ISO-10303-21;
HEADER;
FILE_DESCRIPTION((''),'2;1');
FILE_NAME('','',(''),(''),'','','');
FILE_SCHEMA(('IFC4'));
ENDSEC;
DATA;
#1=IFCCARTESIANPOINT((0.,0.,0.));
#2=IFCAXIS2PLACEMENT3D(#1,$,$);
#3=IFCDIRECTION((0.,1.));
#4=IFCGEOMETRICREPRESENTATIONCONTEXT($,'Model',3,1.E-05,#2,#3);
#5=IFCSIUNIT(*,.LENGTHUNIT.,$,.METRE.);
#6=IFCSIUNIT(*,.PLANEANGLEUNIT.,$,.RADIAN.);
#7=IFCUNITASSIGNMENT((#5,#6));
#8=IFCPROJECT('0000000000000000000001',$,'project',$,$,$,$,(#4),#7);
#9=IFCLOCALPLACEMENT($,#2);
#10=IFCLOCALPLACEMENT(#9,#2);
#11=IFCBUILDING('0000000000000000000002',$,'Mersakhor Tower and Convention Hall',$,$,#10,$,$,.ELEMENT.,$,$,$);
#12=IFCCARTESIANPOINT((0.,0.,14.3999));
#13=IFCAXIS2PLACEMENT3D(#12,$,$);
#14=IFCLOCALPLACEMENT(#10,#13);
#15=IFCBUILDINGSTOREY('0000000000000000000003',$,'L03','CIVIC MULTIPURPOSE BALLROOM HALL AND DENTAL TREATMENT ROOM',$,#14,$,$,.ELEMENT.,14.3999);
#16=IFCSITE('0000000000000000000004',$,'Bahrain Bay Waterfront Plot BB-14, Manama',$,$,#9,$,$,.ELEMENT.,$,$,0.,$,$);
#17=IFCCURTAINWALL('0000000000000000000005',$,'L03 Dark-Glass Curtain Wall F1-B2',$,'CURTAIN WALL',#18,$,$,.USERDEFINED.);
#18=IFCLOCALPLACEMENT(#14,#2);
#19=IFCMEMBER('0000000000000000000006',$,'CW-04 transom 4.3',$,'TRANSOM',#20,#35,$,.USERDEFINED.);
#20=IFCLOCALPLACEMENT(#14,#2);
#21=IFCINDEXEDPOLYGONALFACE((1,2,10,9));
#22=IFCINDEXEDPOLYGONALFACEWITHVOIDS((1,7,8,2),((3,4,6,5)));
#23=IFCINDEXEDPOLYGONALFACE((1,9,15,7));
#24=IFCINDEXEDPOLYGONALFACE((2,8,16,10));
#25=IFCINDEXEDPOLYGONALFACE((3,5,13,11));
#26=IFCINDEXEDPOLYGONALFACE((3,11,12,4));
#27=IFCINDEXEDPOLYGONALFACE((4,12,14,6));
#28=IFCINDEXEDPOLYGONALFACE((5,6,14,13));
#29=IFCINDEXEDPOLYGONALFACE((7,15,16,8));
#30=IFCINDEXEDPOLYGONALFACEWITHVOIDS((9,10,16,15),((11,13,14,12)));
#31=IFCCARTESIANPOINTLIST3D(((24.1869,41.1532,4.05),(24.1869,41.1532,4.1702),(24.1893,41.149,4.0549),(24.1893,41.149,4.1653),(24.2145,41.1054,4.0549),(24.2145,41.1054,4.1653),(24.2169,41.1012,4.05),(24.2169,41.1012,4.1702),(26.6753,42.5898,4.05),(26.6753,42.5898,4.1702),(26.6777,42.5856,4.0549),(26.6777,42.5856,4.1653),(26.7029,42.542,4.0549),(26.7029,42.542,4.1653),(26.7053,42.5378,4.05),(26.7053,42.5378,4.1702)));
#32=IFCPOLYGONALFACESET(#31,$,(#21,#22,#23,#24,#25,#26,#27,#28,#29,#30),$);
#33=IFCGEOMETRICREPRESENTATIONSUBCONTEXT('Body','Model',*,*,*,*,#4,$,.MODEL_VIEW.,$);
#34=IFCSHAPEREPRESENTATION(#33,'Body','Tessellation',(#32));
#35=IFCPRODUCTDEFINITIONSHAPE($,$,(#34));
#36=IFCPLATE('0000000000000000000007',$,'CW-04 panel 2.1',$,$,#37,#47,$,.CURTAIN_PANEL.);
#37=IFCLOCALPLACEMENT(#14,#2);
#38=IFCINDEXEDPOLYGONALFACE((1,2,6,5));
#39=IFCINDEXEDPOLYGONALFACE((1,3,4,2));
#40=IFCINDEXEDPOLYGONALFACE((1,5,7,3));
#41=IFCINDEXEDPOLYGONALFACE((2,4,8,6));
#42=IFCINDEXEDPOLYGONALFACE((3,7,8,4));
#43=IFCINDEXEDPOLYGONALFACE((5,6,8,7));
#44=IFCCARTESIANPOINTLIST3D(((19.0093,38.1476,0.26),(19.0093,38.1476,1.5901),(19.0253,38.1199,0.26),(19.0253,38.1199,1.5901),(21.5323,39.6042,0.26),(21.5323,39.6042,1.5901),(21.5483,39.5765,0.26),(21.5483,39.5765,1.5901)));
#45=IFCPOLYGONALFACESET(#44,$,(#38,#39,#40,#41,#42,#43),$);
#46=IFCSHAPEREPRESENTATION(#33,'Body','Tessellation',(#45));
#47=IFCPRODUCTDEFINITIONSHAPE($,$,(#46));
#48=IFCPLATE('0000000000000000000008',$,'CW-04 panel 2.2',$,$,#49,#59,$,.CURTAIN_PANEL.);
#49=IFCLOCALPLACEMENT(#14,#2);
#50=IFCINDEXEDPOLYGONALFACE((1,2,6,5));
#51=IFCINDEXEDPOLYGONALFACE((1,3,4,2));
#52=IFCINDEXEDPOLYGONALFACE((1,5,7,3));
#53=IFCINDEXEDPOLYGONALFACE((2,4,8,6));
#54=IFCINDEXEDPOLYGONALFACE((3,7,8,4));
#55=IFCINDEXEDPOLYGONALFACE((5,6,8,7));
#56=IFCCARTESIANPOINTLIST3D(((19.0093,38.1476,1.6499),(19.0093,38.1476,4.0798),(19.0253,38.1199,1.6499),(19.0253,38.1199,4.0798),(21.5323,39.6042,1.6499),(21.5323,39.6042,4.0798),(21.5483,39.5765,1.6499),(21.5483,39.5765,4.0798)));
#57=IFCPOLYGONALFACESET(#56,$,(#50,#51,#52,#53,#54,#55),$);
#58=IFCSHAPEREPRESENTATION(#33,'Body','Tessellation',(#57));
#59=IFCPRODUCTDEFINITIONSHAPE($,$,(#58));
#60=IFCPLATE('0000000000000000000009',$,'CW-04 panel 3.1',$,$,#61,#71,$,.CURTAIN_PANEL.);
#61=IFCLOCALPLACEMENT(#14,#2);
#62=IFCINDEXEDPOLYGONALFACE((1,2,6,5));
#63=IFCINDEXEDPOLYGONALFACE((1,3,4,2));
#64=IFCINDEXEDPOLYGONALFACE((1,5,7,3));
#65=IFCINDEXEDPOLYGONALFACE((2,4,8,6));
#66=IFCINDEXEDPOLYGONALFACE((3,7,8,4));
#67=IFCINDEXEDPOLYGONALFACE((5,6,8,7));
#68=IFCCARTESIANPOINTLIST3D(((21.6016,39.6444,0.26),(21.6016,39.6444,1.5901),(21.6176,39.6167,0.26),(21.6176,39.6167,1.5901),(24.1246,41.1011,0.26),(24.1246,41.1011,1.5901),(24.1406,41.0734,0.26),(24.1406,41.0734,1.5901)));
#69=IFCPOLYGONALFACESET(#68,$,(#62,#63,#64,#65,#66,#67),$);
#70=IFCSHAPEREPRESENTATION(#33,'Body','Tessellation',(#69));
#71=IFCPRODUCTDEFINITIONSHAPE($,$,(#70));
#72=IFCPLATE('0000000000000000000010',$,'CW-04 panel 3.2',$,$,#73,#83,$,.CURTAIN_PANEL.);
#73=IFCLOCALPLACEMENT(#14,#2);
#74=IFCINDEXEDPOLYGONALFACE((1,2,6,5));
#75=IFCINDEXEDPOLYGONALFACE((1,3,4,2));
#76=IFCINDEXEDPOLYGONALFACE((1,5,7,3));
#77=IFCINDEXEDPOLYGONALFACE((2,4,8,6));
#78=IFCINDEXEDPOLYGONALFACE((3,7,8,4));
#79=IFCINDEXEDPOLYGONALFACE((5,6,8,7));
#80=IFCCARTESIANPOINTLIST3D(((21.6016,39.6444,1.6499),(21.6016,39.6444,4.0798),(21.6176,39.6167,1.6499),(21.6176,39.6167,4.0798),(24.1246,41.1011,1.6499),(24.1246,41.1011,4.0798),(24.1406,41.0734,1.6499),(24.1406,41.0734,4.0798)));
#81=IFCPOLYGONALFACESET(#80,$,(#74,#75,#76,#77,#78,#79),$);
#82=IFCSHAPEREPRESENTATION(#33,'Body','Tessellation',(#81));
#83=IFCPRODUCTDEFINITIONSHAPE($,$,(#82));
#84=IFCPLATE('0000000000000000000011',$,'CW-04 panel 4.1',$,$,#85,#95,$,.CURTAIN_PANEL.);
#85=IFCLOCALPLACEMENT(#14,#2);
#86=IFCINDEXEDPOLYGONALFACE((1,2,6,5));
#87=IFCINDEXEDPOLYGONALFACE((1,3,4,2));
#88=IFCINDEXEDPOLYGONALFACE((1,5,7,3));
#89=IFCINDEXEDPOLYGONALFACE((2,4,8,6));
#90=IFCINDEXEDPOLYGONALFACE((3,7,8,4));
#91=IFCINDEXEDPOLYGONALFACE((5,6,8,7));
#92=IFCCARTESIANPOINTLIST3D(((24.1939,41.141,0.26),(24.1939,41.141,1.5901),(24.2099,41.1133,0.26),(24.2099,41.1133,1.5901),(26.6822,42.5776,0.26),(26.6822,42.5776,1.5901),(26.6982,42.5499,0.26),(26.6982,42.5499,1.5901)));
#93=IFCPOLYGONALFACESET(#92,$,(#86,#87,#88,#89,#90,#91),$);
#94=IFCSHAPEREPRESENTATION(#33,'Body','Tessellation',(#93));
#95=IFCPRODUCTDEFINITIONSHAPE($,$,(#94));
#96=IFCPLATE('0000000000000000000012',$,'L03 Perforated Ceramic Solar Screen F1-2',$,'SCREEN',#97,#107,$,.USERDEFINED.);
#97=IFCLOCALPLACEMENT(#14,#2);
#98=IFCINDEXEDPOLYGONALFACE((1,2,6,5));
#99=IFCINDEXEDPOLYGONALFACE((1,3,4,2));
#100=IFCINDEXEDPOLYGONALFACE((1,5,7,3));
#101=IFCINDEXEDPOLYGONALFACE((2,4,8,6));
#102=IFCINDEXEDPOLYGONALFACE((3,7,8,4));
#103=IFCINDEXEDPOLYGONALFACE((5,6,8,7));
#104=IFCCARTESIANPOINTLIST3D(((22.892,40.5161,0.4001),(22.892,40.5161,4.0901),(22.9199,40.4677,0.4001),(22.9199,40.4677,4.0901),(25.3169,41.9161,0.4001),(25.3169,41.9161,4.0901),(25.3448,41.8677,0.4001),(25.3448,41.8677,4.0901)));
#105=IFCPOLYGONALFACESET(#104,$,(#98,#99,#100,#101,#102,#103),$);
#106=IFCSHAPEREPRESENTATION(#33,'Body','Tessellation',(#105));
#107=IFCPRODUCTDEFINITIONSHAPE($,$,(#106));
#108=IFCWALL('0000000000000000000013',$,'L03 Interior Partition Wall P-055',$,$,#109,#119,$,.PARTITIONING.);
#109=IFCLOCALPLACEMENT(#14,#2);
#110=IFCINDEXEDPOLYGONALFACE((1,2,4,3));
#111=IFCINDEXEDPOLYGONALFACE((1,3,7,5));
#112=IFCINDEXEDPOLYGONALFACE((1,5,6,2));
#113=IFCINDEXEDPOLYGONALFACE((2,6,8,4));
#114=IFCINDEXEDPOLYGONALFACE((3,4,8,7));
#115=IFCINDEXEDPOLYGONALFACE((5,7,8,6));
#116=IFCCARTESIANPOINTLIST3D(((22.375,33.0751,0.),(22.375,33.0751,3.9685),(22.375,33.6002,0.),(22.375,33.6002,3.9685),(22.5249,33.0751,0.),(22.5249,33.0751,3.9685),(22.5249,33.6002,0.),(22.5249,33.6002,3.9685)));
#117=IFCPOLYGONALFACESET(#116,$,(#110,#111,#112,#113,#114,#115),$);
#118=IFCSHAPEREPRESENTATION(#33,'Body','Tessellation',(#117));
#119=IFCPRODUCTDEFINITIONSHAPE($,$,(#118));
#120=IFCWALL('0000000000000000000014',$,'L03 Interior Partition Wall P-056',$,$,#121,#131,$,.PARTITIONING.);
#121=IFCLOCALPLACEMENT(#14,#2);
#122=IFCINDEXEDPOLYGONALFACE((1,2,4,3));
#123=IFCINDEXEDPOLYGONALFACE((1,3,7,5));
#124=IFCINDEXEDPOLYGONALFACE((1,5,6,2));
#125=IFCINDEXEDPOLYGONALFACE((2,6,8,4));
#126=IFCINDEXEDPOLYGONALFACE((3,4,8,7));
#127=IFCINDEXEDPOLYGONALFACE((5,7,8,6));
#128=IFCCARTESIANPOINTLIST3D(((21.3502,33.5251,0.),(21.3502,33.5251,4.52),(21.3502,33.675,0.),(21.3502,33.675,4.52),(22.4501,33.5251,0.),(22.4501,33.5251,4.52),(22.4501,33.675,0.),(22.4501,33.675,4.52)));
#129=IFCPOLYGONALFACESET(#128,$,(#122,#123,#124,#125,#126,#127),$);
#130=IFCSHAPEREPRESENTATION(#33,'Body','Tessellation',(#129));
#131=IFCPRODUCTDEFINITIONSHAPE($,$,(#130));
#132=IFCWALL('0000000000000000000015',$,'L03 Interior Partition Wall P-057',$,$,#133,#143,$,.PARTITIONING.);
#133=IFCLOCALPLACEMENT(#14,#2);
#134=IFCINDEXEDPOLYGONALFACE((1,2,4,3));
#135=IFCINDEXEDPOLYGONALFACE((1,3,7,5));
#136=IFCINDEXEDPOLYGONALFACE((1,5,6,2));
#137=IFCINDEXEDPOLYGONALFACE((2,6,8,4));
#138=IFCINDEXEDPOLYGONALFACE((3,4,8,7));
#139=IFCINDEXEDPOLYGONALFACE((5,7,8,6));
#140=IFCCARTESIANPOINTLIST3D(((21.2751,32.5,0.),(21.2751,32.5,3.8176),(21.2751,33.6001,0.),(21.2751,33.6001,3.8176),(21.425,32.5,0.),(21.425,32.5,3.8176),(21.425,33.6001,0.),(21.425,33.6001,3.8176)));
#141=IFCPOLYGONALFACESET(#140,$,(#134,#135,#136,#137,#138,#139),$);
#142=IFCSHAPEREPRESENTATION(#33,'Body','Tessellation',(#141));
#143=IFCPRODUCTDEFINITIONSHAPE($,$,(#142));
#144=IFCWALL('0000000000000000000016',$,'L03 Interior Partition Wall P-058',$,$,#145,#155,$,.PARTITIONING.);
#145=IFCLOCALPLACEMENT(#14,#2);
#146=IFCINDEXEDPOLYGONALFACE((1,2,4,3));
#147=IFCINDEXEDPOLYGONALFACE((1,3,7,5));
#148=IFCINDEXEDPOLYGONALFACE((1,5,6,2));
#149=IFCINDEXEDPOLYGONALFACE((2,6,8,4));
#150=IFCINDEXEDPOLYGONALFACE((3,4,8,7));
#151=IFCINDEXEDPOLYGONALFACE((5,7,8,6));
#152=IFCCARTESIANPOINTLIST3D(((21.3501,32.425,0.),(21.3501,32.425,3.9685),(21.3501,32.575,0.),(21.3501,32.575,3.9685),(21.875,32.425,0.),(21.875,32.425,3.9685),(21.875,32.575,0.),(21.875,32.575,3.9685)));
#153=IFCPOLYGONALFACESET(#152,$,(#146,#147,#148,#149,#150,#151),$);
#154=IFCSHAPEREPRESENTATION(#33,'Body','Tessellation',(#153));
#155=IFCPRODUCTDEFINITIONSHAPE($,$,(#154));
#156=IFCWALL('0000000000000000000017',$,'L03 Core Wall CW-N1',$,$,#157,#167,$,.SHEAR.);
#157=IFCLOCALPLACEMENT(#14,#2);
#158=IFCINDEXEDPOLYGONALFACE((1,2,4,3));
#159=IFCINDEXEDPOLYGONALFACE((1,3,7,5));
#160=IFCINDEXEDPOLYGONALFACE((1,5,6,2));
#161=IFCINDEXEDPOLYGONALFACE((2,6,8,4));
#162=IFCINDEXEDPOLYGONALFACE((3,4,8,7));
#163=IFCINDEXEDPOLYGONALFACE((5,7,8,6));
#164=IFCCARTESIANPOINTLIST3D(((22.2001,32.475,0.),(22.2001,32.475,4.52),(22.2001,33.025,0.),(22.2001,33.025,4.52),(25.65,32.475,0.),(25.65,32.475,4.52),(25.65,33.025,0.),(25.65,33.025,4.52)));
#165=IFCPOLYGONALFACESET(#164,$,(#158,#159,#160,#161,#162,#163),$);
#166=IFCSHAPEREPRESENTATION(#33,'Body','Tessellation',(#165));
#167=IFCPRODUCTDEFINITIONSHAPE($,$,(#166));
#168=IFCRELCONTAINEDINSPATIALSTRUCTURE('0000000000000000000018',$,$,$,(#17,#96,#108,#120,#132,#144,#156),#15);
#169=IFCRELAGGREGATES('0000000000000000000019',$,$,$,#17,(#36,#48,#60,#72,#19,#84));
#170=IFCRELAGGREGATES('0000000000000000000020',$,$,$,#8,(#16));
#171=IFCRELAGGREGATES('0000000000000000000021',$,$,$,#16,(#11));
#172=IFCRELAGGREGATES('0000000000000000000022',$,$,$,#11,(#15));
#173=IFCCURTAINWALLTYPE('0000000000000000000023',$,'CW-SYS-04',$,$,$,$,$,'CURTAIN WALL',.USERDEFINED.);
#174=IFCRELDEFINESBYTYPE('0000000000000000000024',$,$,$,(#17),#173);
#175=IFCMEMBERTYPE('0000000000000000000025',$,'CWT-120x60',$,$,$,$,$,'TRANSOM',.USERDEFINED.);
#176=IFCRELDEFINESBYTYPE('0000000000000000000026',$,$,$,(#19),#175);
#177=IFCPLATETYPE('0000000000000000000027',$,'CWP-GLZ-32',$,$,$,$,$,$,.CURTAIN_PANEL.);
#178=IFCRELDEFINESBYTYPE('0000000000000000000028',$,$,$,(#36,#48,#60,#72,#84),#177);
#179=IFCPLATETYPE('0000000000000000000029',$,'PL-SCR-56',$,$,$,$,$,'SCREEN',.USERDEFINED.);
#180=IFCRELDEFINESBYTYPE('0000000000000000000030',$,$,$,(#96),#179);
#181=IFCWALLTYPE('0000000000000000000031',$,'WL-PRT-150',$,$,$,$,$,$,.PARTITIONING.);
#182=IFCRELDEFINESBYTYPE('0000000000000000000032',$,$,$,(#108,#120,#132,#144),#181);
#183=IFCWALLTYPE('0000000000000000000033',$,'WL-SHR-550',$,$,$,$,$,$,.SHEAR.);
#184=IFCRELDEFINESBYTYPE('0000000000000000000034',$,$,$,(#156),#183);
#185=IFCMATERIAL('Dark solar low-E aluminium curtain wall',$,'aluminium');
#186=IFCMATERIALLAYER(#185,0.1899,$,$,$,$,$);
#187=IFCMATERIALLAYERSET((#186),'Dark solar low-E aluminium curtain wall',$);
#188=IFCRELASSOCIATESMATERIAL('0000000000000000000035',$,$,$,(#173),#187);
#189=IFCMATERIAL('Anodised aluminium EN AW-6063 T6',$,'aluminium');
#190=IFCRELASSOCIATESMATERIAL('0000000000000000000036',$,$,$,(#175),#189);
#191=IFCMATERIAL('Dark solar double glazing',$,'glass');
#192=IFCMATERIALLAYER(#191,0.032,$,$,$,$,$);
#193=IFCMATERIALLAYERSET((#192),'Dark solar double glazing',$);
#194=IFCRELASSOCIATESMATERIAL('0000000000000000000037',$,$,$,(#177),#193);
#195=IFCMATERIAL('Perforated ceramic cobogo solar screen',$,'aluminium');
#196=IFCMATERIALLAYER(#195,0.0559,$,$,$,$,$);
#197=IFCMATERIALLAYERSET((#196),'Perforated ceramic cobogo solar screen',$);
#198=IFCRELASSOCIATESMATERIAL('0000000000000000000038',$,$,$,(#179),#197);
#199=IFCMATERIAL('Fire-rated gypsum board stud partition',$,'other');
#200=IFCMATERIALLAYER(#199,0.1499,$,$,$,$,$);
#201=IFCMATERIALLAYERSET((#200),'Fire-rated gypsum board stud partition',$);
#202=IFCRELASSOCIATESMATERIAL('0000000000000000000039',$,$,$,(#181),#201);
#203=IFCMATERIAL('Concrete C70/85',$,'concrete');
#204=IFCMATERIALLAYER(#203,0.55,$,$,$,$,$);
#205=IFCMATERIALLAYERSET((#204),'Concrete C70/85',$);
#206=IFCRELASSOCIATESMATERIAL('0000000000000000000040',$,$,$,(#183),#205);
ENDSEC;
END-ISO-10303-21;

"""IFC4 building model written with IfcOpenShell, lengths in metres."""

from ifc_helpers import new_model, si_unit, direction, frame, frame_2d, origin, origin_2d, place, context, subcontext, project, spatial, rectangle, hollow_rectangle, extrude, material, layer, layer_set, material_profile, profile_set, type_object, element, aggregate, save


model = new_model("IFC4")

# Units and contexts
model_context = context("Model", 3, precision=1e-05, world=origin(), true_north=direction((0.0, 1.0)))
body_context = subcontext(model_context, "Body", "Model", "MODEL_VIEW")
ifc_project = project(units=[si_unit("LENGTHUNIT", "METRE"), si_unit("PLANEANGLEUNIT", "RADIAN")], contexts=[model_context])

# Site, building, storey
site_placement = place(None, origin())
site = spatial("IfcSite", under=ifc_project, at=site_placement, Name="Bahrain Bay Waterfront Plot BB-14, Manama", CompositionType="ELEMENT", RefElevation=0.0)
building_placement = place(site_placement, origin())
building = spatial("IfcBuilding", under=site, at=building_placement, Name="Mersakhor Tower and Convention Hall", CompositionType="ELEMENT")
storey_placement = place(building_placement, frame((0.0, 0.0, 14.3999)))
storey = spatial("IfcBuildingStorey", under=building, at=storey_placement, Name="L03", Description="CIVIC MULTIPURPOSE BALLROOM HALL AND DENTAL TREATMENT ROOM", CompositionType="ELEMENT", Elevation=14.3999)

# Curtain wall, member, plates
ifc_material_1 = material(Name="Dark solar low-E aluminium curtain wall", Category="aluminium")
ifc_layer_1 = layer(ifc_material_1, 0.1899)
ifc_layer_set_1 = layer_set([ifc_layer_1], Name="Dark solar low-E aluminium curtain wall")
curtain_wall_type = type_object("IfcCurtainWallType", Name="CW-SYS-04", ElementType="CURTAIN WALL", PredefinedType="USERDEFINED", material=ifc_layer_set_1)
curtain_wall_placement = place(storey_placement, origin())
curtain_wall = element("IfcCurtainWall", 1, at=curtain_wall_placement, inside=storey, type_object=curtain_wall_type, Name="L03 Dark-Glass Curtain Wall F1-B2", ObjectType="CURTAIN WALL", PredefinedType="USERDEFINED")
ifc_material_2 = material(Name="Anodised aluminium EN AW-6063 T6", Category="aluminium")
ifc_material_profile_1 = material_profile(ifc_material_2, hollow_rectangle(XDim=0.0601, YDim=0.1201, WallThickness=0.0049, at=origin_2d()), Name="RHS 120x60x5")
ifc_profile_set_1 = profile_set([ifc_material_profile_1], Name="Anodised aluminium EN AW-6063 T6")
member_type_1 = type_object("IfcMemberType", Name="CWT-120x60", ElementType="TRANSOM", PredefinedType="USERDEFINED", material=ifc_profile_set_1)
member_1_placement = place(storey_placement, frame((24.2019, 41.1272, 4.1101), z_axis=(0.866038, 0.499977, 0.0), x_axis=(-0.499977, 0.866038, 0.0)))
member_1 = element("IfcMember", 2, at=member_1_placement, type_object=member_type_1, Name="CW-04 transom 4.3", ObjectType="TRANSOM", PredefinedType="USERDEFINED", context=body_context, shape_type="SweptSolid", body=[
    extrude(hollow_rectangle(XDim=0.0601, YDim=0.1201, WallThickness=0.0049, at=origin_2d()), origin(), (0.0, 0.0, 1.0), 2.8733),
])
ifc_material_3 = material(Name="Dark solar double glazing", Category="glass")
ifc_layer_2 = layer(ifc_material_3, 0.032)
ifc_layer_set_2 = layer_set([ifc_layer_2], Name="Dark solar double glazing")
plate_type_1 = type_object("IfcPlateType", Name="CWP-GLZ-32", PredefinedType="CURTAIN_PANEL", material=ifc_layer_set_2)
plate_1_placement = place(storey_placement, frame((20.2788, 38.8621, 0.26), z_axis=(0.0, 0.0, 1.0), x_axis=(0.866023, 0.500003, 0.0)))
plate_1 = element("IfcPlate", 3, at=plate_1_placement, type_object=plate_type_1, Name="CW-04 panel 2.1", PredefinedType="CURTAIN_PANEL", context=body_context, shape_type="SweptSolid", body=[
    extrude(rectangle(XDim=2.9133, YDim=0.032, at=origin_2d()), origin(), (0.0, 0.0, 1.0), 1.3301),
])
plate_2_placement = place(storey_placement, frame((20.2788, 38.8621, 1.6499), z_axis=(0.0, 0.0, 1.0), x_axis=(0.866023, 0.500003, 0.0)))
plate_2 = element("IfcPlate", 4, at=plate_2_placement, type_object=plate_type_1, Name="CW-04 panel 2.2", PredefinedType="CURTAIN_PANEL", context=body_context, shape_type="SweptSolid", body=[
    extrude(rectangle(XDim=2.9133, YDim=0.032, at=origin_2d()), origin(), (0.0, 0.0, 1.0), 2.4299),
])
plate_3_placement = place(storey_placement, frame((22.8711, 40.3589, 0.26), z_axis=(0.0, 0.0, 1.0), x_axis=(0.866023, 0.500003, 0.0)))
plate_3 = element("IfcPlate", 5, at=plate_3_placement, type_object=plate_type_1, Name="CW-04 panel 3.1", PredefinedType="CURTAIN_PANEL", context=body_context, shape_type="SweptSolid", body=[
    extrude(rectangle(XDim=2.9133, YDim=0.032, at=origin_2d()), origin(), (0.0, 0.0, 1.0), 1.3301),
])
plate_4_placement = place(storey_placement, frame((22.8711, 40.3589, 1.6499), z_axis=(0.0, 0.0, 1.0), x_axis=(0.866023, 0.500003, 0.0)))
plate_4 = element("IfcPlate", 6, at=plate_4_placement, type_object=plate_type_1, Name="CW-04 panel 3.2", PredefinedType="CURTAIN_PANEL", context=body_context, shape_type="SweptSolid", body=[
    extrude(rectangle(XDim=2.9133, YDim=0.032, at=origin_2d()), origin(), (0.0, 0.0, 1.0), 2.4299),
])
plate_5_placement = place(storey_placement, frame((25.446, 41.8455, 0.26), z_axis=(0.0, 0.0, 1.0), x_axis=(0.866023, 0.500003, 0.0)))
plate_5 = element("IfcPlate", 7, at=plate_5_placement, type_object=plate_type_1, Name="CW-04 panel 4.1", PredefinedType="CURTAIN_PANEL", context=body_context, shape_type="SweptSolid", body=[
    extrude(rectangle(XDim=2.8733, YDim=0.032, at=origin_2d()), origin(), (0.0, 0.0, 1.0), 1.3301),
])
aggregate(curtain_wall, [plate_1, plate_2, plate_3, plate_4, member_1, plate_5])

# Plate
ifc_material_4 = material(Name="Perforated ceramic cobogo solar screen", Category="aluminium")
ifc_layer_3 = layer(ifc_material_4, 0.0559)
ifc_layer_set_3 = layer_set([ifc_layer_3], Name="Perforated ceramic cobogo solar screen")
plate_type_2 = type_object("IfcPlateType", Name="PL-SCR-56", ElementType="SCREEN", PredefinedType="USERDEFINED", material=ifc_layer_set_3)
plate_6_placement = place(storey_placement, frame((24.1184, 41.1919, 0.4001), z_axis=(0.0, 0.0, 1.0), x_axis=(0.866025, 0.5, 0.0)))
element("IfcPlate", 8, at=plate_6_placement, inside=storey, type_object=plate_type_2, Name="L03 Perforated Ceramic Solar Screen F1-2", ObjectType="SCREEN", PredefinedType="USERDEFINED", context=body_context, shape_type="SweptSolid", body=[
    extrude(rectangle(XDim=2.8, YDim=0.0559, at=origin_2d()), origin(), (0.0, 0.0, 1.0), 3.6899),
])

# Walls
ifc_material_5 = material(Name="Fire-rated gypsum board stud partition", Category="other")
ifc_layer_4 = layer(ifc_material_5, 0.1499)
ifc_layer_set_4 = layer_set([ifc_layer_4], Name="Fire-rated gypsum board stud partition")
wall_type_1 = type_object("IfcWallType", Name="WL-PRT-150", PredefinedType="PARTITIONING", material=ifc_layer_set_4)
wall_1_placement = place(storey_placement, frame((22.45, 33.075, 0.0), z_axis=(0.0, 0.0, 1.0), x_axis=(0.0, 1.0, 0.0)))
element("IfcWall", 9, at=wall_1_placement, inside=storey, type_object=wall_type_1, Name="L03 Interior Partition Wall P-055", PredefinedType="PARTITIONING", context=body_context, shape_type="SweptSolid", body=[
    extrude(rectangle(XDim=0.5251, YDim=0.1499, at=frame_2d((0.2627, 0.0))), origin(), (0.0, 0.0, 1.0), 3.9685),
])
wall_2_placement = place(storey_placement, frame((22.45, 33.6001, 0.0), z_axis=(0.0, 0.0, 1.0), x_axis=(-1.0, 0.0, 0.0)))
element("IfcWall", 10, at=wall_2_placement, inside=storey, type_object=wall_type_1, Name="L03 Interior Partition Wall P-056", PredefinedType="PARTITIONING", context=body_context, shape_type="SweptSolid", body=[
    extrude(rectangle(XDim=1.0999, YDim=0.1499, at=frame_2d((0.5498, 0.0))), origin(), (0.0, 0.0, 1.0), 4.52),
])
wall_3_placement = place(storey_placement, frame((21.3501, 33.6001, 0.0), z_axis=(0.0, 0.0, 1.0), x_axis=(0.0, -1.0, 0.0)))
element("IfcWall", 11, at=wall_3_placement, inside=storey, type_object=wall_type_1, Name="L03 Interior Partition Wall P-057", PredefinedType="PARTITIONING", context=body_context, shape_type="SweptSolid", body=[
    extrude(rectangle(XDim=1.1001, YDim=0.1499, at=frame_2d((0.55, 0.0))), origin(), (0.0, 0.0, 1.0), 3.8176),
])
wall_4_placement = place(storey_placement, frame((21.3501, 32.5, 0.0), z_axis=(0.0, 0.0, 1.0), x_axis=(1.0, 0.0, 0.0)))
element("IfcWall", 12, at=wall_4_placement, inside=storey, type_object=wall_type_1, Name="L03 Interior Partition Wall P-058", PredefinedType="PARTITIONING", context=body_context, shape_type="SweptSolid", body=[
    extrude(rectangle(XDim=0.5249, YDim=0.1499, at=frame_2d((0.2625, 0.0))), origin(), (0.0, 0.0, 1.0), 3.9685),
])
ifc_material_6 = material(Name="Concrete C70/85", Category="concrete")
ifc_layer_5 = layer(ifc_material_6, 0.55)
ifc_layer_set_5 = layer_set([ifc_layer_5], Name="Concrete C70/85")
wall_type_2 = type_object("IfcWallType", Name="WL-SHR-550", PredefinedType="SHEAR", material=ifc_layer_set_5)
wall_5_placement = place(storey_placement, frame((22.2, 32.75, 0.0), z_axis=(0.0, 0.0, 1.0), x_axis=(1.0, 0.0, 0.0)))
element("IfcWall", 13, at=wall_5_placement, inside=storey, type_object=wall_type_2, Name="L03 Core Wall CW-N1", PredefinedType="SHEAR", context=body_context, shape_type="SweptSolid", body=[
    extrude(rectangle(XDim=3.45, YDim=0.55, at=frame_2d((1.7251, 0.0))), origin(), (0.0, 0.0, 1.0), 4.52),
])

save(model, "model.ifc")
